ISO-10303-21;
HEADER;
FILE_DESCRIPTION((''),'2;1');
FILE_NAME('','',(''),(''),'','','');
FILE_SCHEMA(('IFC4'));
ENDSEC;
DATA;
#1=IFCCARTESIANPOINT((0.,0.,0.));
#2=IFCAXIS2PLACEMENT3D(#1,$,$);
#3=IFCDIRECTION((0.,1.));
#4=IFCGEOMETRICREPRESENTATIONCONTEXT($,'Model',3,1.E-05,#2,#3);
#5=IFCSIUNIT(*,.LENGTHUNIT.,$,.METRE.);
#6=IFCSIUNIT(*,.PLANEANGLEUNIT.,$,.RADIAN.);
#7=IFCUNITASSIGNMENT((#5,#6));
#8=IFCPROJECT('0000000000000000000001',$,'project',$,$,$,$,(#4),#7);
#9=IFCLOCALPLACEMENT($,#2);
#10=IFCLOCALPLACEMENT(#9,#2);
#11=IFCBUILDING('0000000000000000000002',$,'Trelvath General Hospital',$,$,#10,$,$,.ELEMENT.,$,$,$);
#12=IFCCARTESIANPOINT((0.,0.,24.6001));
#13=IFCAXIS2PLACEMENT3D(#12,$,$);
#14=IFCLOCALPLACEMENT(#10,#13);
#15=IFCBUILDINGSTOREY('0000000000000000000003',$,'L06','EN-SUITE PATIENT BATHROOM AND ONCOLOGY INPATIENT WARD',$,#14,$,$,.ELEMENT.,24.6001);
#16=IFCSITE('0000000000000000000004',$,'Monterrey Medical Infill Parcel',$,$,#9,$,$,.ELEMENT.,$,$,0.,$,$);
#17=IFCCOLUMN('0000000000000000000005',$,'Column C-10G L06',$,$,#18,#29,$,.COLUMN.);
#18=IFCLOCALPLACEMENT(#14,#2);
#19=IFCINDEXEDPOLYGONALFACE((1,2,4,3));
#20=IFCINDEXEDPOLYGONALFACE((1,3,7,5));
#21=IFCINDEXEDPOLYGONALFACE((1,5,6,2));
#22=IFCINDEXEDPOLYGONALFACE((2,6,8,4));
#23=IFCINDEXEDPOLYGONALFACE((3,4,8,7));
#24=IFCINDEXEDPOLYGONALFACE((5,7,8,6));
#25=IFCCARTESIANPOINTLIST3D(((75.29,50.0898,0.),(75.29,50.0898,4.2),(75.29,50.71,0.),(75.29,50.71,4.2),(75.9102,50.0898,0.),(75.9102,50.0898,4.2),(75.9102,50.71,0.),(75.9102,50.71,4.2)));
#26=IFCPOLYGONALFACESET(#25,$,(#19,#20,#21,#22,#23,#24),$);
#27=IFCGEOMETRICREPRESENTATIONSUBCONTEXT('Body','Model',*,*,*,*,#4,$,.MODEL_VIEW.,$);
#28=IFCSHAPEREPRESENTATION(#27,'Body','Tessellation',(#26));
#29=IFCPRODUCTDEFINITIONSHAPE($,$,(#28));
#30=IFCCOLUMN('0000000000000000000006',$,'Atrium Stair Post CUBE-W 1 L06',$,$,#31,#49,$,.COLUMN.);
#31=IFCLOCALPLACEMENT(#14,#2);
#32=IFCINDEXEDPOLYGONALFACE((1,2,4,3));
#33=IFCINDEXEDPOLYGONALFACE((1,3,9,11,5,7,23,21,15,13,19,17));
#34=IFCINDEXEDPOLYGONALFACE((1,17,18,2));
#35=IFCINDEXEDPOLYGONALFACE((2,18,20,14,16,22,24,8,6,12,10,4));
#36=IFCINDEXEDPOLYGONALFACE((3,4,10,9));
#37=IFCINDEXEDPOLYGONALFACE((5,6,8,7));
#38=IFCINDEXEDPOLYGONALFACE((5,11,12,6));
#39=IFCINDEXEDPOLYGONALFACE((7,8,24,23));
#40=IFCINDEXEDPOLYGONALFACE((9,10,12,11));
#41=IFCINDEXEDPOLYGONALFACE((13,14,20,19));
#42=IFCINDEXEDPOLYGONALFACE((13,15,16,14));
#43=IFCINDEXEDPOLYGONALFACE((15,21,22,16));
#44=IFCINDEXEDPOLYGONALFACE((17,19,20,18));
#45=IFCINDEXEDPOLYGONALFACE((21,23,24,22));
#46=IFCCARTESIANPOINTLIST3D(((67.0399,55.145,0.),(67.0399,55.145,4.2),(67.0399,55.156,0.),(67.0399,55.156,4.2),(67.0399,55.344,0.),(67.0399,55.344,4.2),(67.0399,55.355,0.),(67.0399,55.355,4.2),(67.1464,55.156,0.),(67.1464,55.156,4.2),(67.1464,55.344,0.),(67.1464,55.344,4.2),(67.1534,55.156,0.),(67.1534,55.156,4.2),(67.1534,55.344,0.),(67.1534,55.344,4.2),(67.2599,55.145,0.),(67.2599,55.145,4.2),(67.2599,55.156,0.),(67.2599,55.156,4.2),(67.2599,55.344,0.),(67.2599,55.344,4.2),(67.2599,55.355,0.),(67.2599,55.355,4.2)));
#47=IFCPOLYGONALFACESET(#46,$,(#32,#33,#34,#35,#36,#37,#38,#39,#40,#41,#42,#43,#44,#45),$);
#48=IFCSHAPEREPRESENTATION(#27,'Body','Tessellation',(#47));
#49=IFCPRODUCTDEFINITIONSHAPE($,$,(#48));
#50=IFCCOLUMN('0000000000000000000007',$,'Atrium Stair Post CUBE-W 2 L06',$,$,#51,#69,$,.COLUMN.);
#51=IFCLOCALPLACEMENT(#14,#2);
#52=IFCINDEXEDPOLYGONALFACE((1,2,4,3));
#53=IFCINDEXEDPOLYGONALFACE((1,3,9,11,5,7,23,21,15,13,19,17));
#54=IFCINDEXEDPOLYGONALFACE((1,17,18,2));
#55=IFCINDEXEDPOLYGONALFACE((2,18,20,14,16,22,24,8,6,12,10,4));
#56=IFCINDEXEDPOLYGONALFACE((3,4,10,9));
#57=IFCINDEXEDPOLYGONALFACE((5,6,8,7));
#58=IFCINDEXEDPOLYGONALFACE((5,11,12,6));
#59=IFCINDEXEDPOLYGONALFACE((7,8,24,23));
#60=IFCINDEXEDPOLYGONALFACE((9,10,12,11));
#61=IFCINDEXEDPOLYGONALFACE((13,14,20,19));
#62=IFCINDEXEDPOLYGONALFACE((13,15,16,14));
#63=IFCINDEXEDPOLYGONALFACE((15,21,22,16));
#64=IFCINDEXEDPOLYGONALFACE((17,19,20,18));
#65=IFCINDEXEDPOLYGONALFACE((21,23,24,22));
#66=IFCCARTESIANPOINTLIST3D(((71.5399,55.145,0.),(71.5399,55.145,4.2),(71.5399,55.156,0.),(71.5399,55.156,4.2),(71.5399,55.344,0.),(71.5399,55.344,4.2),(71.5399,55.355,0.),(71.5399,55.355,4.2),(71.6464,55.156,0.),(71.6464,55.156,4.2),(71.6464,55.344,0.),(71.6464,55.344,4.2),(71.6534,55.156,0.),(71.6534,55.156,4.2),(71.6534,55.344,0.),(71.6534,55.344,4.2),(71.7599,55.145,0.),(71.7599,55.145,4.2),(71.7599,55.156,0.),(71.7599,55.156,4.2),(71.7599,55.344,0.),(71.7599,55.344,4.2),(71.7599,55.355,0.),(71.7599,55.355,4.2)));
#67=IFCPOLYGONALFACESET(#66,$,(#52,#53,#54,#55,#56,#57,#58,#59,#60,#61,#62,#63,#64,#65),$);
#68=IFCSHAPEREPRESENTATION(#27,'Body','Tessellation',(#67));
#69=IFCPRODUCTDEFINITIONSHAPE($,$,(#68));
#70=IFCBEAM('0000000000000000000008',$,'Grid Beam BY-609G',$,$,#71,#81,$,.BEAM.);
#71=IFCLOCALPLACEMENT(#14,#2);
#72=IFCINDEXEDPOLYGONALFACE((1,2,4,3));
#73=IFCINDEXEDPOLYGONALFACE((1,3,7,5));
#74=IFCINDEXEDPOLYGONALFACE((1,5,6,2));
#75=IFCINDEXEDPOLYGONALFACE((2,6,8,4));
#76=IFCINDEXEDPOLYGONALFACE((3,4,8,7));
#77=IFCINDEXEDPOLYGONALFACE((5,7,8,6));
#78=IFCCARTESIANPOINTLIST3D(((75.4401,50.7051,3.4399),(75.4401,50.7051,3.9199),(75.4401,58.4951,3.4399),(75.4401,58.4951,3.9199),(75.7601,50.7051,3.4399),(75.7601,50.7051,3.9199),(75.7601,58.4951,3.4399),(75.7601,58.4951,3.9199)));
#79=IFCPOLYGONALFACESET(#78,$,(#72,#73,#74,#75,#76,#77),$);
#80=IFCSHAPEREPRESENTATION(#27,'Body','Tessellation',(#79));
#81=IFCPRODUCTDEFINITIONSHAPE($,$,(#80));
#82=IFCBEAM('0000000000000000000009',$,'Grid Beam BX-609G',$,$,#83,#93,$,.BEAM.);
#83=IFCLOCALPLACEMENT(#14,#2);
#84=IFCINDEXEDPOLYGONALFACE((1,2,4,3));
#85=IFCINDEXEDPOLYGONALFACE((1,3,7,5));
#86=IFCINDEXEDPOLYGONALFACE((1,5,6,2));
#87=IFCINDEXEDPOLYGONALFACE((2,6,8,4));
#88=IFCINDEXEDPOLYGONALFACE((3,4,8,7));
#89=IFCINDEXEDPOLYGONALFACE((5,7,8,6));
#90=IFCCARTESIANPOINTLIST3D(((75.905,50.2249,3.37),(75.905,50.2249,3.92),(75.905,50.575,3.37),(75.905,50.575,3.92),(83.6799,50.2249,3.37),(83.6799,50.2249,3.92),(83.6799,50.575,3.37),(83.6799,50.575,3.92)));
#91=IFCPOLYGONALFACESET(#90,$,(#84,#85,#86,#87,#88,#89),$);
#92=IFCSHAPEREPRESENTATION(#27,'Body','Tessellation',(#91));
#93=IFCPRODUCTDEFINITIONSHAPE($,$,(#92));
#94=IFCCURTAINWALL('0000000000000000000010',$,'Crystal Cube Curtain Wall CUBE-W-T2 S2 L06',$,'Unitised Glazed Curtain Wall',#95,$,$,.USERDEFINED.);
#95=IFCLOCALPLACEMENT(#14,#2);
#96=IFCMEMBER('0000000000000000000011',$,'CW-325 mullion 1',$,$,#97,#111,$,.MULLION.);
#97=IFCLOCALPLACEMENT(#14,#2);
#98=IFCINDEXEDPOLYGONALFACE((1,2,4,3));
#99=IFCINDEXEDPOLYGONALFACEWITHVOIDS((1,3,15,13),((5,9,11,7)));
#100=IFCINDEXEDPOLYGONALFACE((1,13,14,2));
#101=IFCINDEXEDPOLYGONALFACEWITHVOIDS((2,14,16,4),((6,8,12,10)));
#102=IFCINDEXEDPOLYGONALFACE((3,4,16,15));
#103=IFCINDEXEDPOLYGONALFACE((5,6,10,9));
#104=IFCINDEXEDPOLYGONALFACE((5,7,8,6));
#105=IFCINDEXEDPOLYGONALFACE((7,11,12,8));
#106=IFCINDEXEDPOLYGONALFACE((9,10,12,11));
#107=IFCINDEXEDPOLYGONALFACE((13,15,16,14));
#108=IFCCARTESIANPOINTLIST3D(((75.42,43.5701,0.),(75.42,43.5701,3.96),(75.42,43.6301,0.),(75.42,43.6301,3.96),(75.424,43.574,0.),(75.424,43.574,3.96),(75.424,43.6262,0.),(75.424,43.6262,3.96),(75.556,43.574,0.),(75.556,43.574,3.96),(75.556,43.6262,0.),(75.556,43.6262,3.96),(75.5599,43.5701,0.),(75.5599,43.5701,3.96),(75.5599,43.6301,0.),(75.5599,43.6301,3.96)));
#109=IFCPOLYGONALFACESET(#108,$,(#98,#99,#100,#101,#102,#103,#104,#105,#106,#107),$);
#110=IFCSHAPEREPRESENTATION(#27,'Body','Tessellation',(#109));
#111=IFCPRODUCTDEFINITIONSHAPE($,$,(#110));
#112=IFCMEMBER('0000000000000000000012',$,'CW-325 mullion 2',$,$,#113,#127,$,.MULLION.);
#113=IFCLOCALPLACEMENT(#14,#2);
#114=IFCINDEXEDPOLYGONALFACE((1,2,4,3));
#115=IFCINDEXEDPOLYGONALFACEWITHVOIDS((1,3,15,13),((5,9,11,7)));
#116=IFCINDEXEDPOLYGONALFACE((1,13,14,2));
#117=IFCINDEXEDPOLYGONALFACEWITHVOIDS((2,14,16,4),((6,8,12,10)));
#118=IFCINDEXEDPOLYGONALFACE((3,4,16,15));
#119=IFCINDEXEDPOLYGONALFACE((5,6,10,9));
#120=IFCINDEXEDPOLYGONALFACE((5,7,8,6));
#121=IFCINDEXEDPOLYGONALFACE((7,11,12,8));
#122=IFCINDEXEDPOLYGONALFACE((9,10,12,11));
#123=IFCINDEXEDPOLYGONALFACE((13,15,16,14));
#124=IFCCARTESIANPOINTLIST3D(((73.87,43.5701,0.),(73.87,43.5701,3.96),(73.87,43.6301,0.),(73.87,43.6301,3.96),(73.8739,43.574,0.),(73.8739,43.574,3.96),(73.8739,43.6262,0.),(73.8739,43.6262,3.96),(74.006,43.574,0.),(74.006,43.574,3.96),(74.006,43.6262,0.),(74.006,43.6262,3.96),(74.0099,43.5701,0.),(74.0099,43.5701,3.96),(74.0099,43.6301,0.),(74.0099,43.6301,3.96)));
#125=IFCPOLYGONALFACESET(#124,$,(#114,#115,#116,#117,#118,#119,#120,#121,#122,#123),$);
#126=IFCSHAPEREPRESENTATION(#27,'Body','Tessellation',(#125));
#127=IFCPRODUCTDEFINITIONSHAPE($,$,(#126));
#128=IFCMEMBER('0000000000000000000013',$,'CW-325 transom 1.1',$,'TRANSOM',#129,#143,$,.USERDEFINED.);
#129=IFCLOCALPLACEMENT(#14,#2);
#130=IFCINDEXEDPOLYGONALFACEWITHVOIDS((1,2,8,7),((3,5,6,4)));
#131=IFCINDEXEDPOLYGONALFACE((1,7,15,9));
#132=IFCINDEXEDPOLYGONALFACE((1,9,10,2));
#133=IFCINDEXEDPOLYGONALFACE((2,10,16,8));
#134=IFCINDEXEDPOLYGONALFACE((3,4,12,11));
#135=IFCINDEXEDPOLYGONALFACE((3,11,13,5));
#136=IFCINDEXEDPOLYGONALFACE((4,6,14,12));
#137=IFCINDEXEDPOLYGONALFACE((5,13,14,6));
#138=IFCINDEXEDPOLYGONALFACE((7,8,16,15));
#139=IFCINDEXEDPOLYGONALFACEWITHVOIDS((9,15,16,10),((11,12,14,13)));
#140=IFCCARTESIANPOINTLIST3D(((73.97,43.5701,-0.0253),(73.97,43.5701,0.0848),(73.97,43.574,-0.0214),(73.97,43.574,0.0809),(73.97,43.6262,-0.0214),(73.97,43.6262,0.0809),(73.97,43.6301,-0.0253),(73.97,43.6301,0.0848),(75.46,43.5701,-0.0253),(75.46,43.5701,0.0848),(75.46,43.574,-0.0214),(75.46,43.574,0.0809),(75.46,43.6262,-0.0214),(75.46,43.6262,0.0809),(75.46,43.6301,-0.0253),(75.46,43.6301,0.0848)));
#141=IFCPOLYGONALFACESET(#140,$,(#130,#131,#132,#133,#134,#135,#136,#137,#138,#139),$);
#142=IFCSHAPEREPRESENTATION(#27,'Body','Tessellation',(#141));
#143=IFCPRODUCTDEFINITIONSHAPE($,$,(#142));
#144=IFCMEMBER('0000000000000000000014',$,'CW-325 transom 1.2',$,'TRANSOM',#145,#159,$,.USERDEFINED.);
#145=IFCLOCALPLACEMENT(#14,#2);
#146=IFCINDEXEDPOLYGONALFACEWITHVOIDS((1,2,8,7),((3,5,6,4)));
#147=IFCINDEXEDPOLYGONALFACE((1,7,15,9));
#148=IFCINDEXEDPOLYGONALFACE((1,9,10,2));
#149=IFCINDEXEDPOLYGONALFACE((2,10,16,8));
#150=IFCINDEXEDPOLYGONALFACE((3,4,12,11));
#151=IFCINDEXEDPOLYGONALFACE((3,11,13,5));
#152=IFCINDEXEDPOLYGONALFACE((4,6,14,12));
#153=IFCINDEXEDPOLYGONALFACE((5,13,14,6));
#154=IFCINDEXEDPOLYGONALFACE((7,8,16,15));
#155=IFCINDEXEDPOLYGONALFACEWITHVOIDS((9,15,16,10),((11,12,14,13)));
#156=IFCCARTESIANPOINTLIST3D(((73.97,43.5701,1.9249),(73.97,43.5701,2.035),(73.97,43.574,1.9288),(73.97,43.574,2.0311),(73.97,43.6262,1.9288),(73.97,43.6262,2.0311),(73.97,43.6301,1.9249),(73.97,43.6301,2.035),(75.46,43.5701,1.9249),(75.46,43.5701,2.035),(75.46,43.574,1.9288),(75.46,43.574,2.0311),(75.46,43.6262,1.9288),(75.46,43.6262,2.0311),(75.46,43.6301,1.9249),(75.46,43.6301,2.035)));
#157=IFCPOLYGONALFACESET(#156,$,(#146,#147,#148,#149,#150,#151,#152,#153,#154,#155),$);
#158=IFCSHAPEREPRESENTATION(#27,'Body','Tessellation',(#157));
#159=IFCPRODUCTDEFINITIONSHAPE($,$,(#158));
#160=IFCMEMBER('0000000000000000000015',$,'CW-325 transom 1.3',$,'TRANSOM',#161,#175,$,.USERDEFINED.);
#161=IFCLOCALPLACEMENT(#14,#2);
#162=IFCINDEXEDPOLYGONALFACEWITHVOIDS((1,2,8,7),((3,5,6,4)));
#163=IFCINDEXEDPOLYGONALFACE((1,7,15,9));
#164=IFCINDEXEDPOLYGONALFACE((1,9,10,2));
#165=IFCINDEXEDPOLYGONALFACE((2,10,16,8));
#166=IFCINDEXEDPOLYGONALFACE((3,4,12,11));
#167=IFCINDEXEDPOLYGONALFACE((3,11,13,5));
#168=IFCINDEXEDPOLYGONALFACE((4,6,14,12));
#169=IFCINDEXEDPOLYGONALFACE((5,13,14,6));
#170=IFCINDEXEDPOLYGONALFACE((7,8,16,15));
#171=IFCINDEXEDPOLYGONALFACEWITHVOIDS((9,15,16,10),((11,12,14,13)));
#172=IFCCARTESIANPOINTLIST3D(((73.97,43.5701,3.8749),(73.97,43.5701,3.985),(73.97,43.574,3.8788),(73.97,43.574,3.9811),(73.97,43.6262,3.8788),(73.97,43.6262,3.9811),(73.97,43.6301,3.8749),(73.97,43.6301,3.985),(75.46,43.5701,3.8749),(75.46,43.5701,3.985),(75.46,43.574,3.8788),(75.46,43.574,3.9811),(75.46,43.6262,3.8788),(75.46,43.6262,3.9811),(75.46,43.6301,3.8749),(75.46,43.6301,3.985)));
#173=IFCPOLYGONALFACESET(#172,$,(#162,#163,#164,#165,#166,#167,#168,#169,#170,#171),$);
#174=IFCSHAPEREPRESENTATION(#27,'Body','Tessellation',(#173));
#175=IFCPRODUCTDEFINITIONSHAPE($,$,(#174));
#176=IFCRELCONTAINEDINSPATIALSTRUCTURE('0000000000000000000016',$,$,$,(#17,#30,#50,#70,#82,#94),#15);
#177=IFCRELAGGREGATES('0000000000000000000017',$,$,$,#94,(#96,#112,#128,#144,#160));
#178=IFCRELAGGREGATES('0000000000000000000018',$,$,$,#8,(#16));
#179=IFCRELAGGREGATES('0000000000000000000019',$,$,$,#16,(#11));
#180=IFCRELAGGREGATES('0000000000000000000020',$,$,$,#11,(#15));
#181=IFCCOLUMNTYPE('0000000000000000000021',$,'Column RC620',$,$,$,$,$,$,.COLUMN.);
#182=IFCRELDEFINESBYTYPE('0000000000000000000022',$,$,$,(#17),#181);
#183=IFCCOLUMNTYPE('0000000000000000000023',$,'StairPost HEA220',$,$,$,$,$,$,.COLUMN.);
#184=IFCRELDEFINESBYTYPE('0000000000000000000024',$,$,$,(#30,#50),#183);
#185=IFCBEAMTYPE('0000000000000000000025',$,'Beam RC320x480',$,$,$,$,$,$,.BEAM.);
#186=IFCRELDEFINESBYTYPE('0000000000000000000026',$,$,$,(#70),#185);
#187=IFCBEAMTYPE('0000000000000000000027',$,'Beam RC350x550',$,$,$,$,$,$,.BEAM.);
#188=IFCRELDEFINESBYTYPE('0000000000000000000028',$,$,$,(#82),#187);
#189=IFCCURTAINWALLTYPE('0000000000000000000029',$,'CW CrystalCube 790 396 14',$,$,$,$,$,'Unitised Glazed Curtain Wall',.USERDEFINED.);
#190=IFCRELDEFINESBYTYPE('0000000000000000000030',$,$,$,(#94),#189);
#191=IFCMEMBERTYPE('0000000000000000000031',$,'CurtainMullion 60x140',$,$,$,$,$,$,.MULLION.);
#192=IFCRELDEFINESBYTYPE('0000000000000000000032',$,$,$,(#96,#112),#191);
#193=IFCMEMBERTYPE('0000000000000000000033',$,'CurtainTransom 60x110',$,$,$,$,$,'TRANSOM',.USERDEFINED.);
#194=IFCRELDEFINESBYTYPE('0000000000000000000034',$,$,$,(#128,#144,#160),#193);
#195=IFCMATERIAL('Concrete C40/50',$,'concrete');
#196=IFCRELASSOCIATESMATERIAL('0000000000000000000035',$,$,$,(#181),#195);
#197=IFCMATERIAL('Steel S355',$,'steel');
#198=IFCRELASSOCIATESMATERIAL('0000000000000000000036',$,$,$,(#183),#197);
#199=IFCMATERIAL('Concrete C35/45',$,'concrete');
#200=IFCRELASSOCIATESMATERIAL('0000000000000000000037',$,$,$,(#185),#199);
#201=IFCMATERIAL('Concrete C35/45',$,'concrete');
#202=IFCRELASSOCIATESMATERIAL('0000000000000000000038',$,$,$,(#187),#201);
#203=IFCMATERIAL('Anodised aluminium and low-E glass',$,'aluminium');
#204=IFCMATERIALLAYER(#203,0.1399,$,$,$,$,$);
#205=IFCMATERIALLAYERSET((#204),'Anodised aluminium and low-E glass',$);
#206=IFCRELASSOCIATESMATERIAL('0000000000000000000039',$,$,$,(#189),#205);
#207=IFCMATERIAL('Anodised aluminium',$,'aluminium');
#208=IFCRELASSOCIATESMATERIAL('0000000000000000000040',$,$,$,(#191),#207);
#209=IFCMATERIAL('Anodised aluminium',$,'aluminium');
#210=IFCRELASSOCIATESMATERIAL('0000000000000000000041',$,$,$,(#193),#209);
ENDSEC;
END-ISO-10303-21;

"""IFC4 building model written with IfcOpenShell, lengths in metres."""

from ifc_helpers import new_model, si_unit, direction, frame, origin, origin_2d, place, context, subcontext, project, spatial, rectangle, hollow_rectangle, i_section, extrude, material, layer, layer_set, material_profile, profile_set, type_object, element, aggregate, save


model = new_model("IFC4")

# Units and contexts
model_context = context("Model", 3, precision=1e-05, world=origin(), true_north=direction((0.0, 1.0)))
body_context = subcontext(model_context, "Body", "Model", "MODEL_VIEW")
ifc_project = project(units=[si_unit("LENGTHUNIT", "METRE"), si_unit("PLANEANGLEUNIT", "RADIAN")], contexts=[model_context])

# Site, building, storey
site_placement = place(None, origin())
site = spatial("IfcSite", under=ifc_project, at=site_placement, Name="Monterrey Medical Infill Parcel", CompositionType="ELEMENT", RefElevation=0.0)
building_placement = place(site_placement, origin())
building = spatial("IfcBuilding", under=site, at=building_placement, Name="Trelvath General Hospital", CompositionType="ELEMENT")
storey_placement = place(building_placement, frame((0.0, 0.0, 24.6001)))
storey = spatial("IfcBuildingStorey", under=building, at=storey_placement, Name="L06", Description="EN-SUITE PATIENT BATHROOM AND ONCOLOGY INPATIENT WARD", CompositionType="ELEMENT", Elevation=24.6001)

# Columns
ifc_material_1 = material(Name="Concrete C40/50", Category="concrete")
ifc_material_profile_1 = material_profile(ifc_material_1, rectangle(XDim=0.6201, YDim=0.6201, at=origin_2d()), Name="RC620x620")
ifc_profile_set_1 = profile_set([ifc_material_profile_1], Name="Concrete C40/50")
column_type_1 = type_object("IfcColumnType", Name="Column RC620", PredefinedType="COLUMN", material=ifc_profile_set_1)
column_placement = place(storey_placement, frame((75.6001, 50.3999, 0.0), z_axis=(0.0, 0.0, 1.0), x_axis=(1.0, 0.0, 0.0)))
element("IfcColumn", 1, at=column_placement, inside=storey, type_object=column_type_1, Name="Column C-10G L06", PredefinedType="COLUMN", context=body_context, shape_type="SweptSolid", body=[
    extrude(rectangle(XDim=0.6201, YDim=0.6201, at=origin_2d()), origin(), (0.0, 0.0, 1.0), 4.2),
])
ifc_material_2 = material(Name="Steel S355", Category="steel")
ifc_material_profile_2 = material_profile(ifc_material_2, i_section(OverallWidth=0.22, OverallDepth=0.21, WebThickness=0.0071, FlangeThickness=0.011, at=origin_2d()), Name="HEA220")
ifc_profile_set_2 = profile_set([ifc_material_profile_2], Name="Steel S355")
column_type_2 = type_object("IfcColumnType", Name="StairPost HEA220", PredefinedType="COLUMN", material=ifc_profile_set_2)
for number, where, z_axis, x_axis, name in (
    (2, (67.1499, 55.25, 0.0), (0.0, 0.0, 1.0), (1.0, 0.0, 0.0), "Atrium Stair Post CUBE-W 1 L06"),
    (3, (71.6499, 55.25, 0.0), (0.0, 0.0, 1.0), (1.0, 0.0, 0.0), "Atrium Stair Post CUBE-W 2 L06"),
):
    element("IfcColumn", number, at=place(storey_placement, frame(where, z_axis=z_axis, x_axis=x_axis)), inside=storey, type_object=column_type_2, Name=name, PredefinedType="COLUMN", context=body_context, shape_type="SweptSolid", body=[
        extrude(i_section(OverallWidth=0.22, OverallDepth=0.21, WebThickness=0.0071, FlangeThickness=0.011, at=origin_2d()), origin(), (0.0, 0.0, 1.0), 4.2),
    ])

# Beams
ifc_material_3 = material(Name="Concrete C35/45", Category="concrete")
ifc_material_profile_3 = material_profile(ifc_material_3, rectangle(XDim=0.3201, YDim=0.48, at=origin_2d()), Name="RCB320x480")
ifc_profile_set_3 = profile_set([ifc_material_profile_3], Name="Concrete C35/45")
beam_type_1 = type_object("IfcBeamType", Name="Beam RC320x480", PredefinedType="BEAM", material=ifc_profile_set_3)
beam_1_placement = place(storey_placement, frame((75.6001, 50.7051, 3.6799), z_axis=(0.0, 1.0, 0.0), x_axis=(-1.0, 0.0, 0.0)))
element("IfcBeam", 4, at=beam_1_placement, inside=storey, type_object=beam_type_1, Name="Grid Beam BY-609G", PredefinedType="BEAM", context=body_context, shape_type="SweptSolid", body=[
    extrude(rectangle(XDim=0.3201, YDim=0.48, at=origin_2d()), origin(), (0.0, 0.0, 1.0), 7.79),
])
ifc_material_4 = material(Name="Concrete C35/45", Category="concrete")
ifc_material_profile_4 = material_profile(ifc_material_4, rectangle(XDim=0.3501, YDim=0.55, at=origin_2d()), Name="RCB350x550")
ifc_profile_set_4 = profile_set([ifc_material_profile_4], Name="Concrete C35/45")
beam_type_2 = type_object("IfcBeamType", Name="Beam RC350x550", PredefinedType="BEAM", material=ifc_profile_set_4)
beam_2_placement = place(storey_placement, frame((75.905, 50.3999, 3.645), z_axis=(1.0, 0.0, 0.0), x_axis=(0.0, 1.0, 0.0)))
element("IfcBeam", 5, at=beam_2_placement, inside=storey, type_object=beam_type_2, Name="Grid Beam BX-609G", PredefinedType="BEAM", context=body_context, shape_type="SweptSolid", body=[
    extrude(rectangle(XDim=0.3501, YDim=0.55, at=origin_2d()), origin(), (0.0, 0.0, 1.0), 7.7749),
])

# Curtain wall, members
ifc_material_5 = material(Name="Anodised aluminium and low-E glass", Category="aluminium")
ifc_layer_1 = layer(ifc_material_5, 0.1399)
ifc_layer_set_1 = layer_set([ifc_layer_1], Name="Anodised aluminium and low-E glass")
curtain_wall_type = type_object("IfcCurtainWallType", Name="CW CrystalCube 790 396 14", ElementType="Unitised Glazed Curtain Wall", PredefinedType="USERDEFINED", material=ifc_layer_set_1)
curtain_wall_placement = place(storey_placement, origin())
curtain_wall = element("IfcCurtainWall", 6, at=curtain_wall_placement, inside=storey, type_object=curtain_wall_type, Name="Crystal Cube Curtain Wall CUBE-W-T2 S2 L06", ObjectType="Unitised Glazed Curtain Wall", PredefinedType="USERDEFINED")
ifc_material_6 = material(Name="Anodised aluminium", Category="aluminium")
ifc_material_profile_5 = material_profile(ifc_material_6, hollow_rectangle(XDim=0.0601, YDim=0.1399, WallThickness=0.0039, at=origin_2d()), Name="RHS60x140x4")
ifc_profile_set_5 = profile_set([ifc_material_profile_5], Name="Anodised aluminium")
member_type_1 = type_object("IfcMemberType", Name="CurtainMullion 60x140", PredefinedType="MULLION", material=ifc_profile_set_5)
member_1_placement = place(storey_placement, frame((75.49, 43.6001, 0.0), z_axis=(0.0, 0.0, 1.0), x_axis=(0.0, -1.0, 0.0)))
member_1 = element("IfcMember", 7, at=member_1_placement, type_object=member_type_1, Name="CW-325 mullion 1", PredefinedType="MULLION", context=body_context, shape_type="SweptSolid", body=[
    extrude(hollow_rectangle(XDim=0.0601, YDim=0.1399, WallThickness=0.0039, at=origin_2d()), origin(), (0.0, 0.0, 1.0), 3.96),
])
member_2_placement = place(storey_placement, frame((73.9399, 43.6001, 0.0), z_axis=(0.0, 0.0, 1.0), x_axis=(0.0, -1.0, 0.0)))
member_2 = element("IfcMember", 8, at=member_2_placement, type_object=member_type_1, Name="CW-325 mullion 2", PredefinedType="MULLION", context=body_context, shape_type="SweptSolid", body=[
    extrude(hollow_rectangle(XDim=0.0601, YDim=0.1399, WallThickness=0.0039, at=origin_2d()), origin(), (0.0, 0.0, 1.0), 3.96),
])
ifc_material_7 = material(Name="Anodised aluminium", Category="aluminium")
ifc_material_profile_6 = material_profile(ifc_material_7, hollow_rectangle(XDim=0.0601, YDim=0.1101, WallThickness=0.0039, at=origin_2d()), Name="RHS60x110x4")
ifc_profile_set_6 = profile_set([ifc_material_profile_6], Name="Anodised aluminium")
member_type_2 = type_object("IfcMemberType", Name="CurtainTransom 60x110", ElementType="TRANSOM", PredefinedType="USERDEFINED", material=ifc_profile_set_6)
member_3_placement = place(storey_placement, frame((75.46, 43.6001, 0.0298), z_axis=(-1.0, 0.0, 0.0), x_axis=(0.0, -1.0, 0.0)))
member_3 = element("IfcMember", 9, at=member_3_placement, type_object=member_type_2, Name="CW-325 transom 1.1", ObjectType="TRANSOM", PredefinedType="USERDEFINED", context=body_context, shape_type="SweptSolid", body=[
    extrude(hollow_rectangle(XDim=0.0601, YDim=0.1101, WallThickness=0.0039, at=origin_2d()), origin(), (0.0, 0.0, 1.0), 1.49),
])
member_4_placement = place(storey_placement, frame((75.46, 43.6001, 1.98), z_axis=(-1.0, 0.0, 0.0), x_axis=(0.0, -1.0, 0.0)))
member_4 = element("IfcMember", 10, at=member_4_placement, type_object=member_type_2, Name="CW-325 transom 1.2", ObjectType="TRANSOM", PredefinedType="USERDEFINED", context=body_context, shape_type="SweptSolid", body=[
    extrude(hollow_rectangle(XDim=0.0601, YDim=0.1101, WallThickness=0.0039, at=origin_2d()), origin(), (0.0, 0.0, 1.0), 1.49),
])
member_5_placement = place(storey_placement, frame((75.46, 43.6001, 3.9299), z_axis=(-1.0, 0.0, 0.0), x_axis=(0.0, -1.0, 0.0)))
member_5 = element("IfcMember", 11, at=member_5_placement, type_object=member_type_2, Name="CW-325 transom 1.3", ObjectType="TRANSOM", PredefinedType="USERDEFINED", context=body_context, shape_type="SweptSolid", body=[
    extrude(hollow_rectangle(XDim=0.0601, YDim=0.1101, WallThickness=0.0039, at=origin_2d()), origin(), (0.0, 0.0, 1.0), 1.49),
])

aggregate(curtain_wall, [member_1, member_2, member_3, member_4, member_5])

save(model, "model.ifc")
